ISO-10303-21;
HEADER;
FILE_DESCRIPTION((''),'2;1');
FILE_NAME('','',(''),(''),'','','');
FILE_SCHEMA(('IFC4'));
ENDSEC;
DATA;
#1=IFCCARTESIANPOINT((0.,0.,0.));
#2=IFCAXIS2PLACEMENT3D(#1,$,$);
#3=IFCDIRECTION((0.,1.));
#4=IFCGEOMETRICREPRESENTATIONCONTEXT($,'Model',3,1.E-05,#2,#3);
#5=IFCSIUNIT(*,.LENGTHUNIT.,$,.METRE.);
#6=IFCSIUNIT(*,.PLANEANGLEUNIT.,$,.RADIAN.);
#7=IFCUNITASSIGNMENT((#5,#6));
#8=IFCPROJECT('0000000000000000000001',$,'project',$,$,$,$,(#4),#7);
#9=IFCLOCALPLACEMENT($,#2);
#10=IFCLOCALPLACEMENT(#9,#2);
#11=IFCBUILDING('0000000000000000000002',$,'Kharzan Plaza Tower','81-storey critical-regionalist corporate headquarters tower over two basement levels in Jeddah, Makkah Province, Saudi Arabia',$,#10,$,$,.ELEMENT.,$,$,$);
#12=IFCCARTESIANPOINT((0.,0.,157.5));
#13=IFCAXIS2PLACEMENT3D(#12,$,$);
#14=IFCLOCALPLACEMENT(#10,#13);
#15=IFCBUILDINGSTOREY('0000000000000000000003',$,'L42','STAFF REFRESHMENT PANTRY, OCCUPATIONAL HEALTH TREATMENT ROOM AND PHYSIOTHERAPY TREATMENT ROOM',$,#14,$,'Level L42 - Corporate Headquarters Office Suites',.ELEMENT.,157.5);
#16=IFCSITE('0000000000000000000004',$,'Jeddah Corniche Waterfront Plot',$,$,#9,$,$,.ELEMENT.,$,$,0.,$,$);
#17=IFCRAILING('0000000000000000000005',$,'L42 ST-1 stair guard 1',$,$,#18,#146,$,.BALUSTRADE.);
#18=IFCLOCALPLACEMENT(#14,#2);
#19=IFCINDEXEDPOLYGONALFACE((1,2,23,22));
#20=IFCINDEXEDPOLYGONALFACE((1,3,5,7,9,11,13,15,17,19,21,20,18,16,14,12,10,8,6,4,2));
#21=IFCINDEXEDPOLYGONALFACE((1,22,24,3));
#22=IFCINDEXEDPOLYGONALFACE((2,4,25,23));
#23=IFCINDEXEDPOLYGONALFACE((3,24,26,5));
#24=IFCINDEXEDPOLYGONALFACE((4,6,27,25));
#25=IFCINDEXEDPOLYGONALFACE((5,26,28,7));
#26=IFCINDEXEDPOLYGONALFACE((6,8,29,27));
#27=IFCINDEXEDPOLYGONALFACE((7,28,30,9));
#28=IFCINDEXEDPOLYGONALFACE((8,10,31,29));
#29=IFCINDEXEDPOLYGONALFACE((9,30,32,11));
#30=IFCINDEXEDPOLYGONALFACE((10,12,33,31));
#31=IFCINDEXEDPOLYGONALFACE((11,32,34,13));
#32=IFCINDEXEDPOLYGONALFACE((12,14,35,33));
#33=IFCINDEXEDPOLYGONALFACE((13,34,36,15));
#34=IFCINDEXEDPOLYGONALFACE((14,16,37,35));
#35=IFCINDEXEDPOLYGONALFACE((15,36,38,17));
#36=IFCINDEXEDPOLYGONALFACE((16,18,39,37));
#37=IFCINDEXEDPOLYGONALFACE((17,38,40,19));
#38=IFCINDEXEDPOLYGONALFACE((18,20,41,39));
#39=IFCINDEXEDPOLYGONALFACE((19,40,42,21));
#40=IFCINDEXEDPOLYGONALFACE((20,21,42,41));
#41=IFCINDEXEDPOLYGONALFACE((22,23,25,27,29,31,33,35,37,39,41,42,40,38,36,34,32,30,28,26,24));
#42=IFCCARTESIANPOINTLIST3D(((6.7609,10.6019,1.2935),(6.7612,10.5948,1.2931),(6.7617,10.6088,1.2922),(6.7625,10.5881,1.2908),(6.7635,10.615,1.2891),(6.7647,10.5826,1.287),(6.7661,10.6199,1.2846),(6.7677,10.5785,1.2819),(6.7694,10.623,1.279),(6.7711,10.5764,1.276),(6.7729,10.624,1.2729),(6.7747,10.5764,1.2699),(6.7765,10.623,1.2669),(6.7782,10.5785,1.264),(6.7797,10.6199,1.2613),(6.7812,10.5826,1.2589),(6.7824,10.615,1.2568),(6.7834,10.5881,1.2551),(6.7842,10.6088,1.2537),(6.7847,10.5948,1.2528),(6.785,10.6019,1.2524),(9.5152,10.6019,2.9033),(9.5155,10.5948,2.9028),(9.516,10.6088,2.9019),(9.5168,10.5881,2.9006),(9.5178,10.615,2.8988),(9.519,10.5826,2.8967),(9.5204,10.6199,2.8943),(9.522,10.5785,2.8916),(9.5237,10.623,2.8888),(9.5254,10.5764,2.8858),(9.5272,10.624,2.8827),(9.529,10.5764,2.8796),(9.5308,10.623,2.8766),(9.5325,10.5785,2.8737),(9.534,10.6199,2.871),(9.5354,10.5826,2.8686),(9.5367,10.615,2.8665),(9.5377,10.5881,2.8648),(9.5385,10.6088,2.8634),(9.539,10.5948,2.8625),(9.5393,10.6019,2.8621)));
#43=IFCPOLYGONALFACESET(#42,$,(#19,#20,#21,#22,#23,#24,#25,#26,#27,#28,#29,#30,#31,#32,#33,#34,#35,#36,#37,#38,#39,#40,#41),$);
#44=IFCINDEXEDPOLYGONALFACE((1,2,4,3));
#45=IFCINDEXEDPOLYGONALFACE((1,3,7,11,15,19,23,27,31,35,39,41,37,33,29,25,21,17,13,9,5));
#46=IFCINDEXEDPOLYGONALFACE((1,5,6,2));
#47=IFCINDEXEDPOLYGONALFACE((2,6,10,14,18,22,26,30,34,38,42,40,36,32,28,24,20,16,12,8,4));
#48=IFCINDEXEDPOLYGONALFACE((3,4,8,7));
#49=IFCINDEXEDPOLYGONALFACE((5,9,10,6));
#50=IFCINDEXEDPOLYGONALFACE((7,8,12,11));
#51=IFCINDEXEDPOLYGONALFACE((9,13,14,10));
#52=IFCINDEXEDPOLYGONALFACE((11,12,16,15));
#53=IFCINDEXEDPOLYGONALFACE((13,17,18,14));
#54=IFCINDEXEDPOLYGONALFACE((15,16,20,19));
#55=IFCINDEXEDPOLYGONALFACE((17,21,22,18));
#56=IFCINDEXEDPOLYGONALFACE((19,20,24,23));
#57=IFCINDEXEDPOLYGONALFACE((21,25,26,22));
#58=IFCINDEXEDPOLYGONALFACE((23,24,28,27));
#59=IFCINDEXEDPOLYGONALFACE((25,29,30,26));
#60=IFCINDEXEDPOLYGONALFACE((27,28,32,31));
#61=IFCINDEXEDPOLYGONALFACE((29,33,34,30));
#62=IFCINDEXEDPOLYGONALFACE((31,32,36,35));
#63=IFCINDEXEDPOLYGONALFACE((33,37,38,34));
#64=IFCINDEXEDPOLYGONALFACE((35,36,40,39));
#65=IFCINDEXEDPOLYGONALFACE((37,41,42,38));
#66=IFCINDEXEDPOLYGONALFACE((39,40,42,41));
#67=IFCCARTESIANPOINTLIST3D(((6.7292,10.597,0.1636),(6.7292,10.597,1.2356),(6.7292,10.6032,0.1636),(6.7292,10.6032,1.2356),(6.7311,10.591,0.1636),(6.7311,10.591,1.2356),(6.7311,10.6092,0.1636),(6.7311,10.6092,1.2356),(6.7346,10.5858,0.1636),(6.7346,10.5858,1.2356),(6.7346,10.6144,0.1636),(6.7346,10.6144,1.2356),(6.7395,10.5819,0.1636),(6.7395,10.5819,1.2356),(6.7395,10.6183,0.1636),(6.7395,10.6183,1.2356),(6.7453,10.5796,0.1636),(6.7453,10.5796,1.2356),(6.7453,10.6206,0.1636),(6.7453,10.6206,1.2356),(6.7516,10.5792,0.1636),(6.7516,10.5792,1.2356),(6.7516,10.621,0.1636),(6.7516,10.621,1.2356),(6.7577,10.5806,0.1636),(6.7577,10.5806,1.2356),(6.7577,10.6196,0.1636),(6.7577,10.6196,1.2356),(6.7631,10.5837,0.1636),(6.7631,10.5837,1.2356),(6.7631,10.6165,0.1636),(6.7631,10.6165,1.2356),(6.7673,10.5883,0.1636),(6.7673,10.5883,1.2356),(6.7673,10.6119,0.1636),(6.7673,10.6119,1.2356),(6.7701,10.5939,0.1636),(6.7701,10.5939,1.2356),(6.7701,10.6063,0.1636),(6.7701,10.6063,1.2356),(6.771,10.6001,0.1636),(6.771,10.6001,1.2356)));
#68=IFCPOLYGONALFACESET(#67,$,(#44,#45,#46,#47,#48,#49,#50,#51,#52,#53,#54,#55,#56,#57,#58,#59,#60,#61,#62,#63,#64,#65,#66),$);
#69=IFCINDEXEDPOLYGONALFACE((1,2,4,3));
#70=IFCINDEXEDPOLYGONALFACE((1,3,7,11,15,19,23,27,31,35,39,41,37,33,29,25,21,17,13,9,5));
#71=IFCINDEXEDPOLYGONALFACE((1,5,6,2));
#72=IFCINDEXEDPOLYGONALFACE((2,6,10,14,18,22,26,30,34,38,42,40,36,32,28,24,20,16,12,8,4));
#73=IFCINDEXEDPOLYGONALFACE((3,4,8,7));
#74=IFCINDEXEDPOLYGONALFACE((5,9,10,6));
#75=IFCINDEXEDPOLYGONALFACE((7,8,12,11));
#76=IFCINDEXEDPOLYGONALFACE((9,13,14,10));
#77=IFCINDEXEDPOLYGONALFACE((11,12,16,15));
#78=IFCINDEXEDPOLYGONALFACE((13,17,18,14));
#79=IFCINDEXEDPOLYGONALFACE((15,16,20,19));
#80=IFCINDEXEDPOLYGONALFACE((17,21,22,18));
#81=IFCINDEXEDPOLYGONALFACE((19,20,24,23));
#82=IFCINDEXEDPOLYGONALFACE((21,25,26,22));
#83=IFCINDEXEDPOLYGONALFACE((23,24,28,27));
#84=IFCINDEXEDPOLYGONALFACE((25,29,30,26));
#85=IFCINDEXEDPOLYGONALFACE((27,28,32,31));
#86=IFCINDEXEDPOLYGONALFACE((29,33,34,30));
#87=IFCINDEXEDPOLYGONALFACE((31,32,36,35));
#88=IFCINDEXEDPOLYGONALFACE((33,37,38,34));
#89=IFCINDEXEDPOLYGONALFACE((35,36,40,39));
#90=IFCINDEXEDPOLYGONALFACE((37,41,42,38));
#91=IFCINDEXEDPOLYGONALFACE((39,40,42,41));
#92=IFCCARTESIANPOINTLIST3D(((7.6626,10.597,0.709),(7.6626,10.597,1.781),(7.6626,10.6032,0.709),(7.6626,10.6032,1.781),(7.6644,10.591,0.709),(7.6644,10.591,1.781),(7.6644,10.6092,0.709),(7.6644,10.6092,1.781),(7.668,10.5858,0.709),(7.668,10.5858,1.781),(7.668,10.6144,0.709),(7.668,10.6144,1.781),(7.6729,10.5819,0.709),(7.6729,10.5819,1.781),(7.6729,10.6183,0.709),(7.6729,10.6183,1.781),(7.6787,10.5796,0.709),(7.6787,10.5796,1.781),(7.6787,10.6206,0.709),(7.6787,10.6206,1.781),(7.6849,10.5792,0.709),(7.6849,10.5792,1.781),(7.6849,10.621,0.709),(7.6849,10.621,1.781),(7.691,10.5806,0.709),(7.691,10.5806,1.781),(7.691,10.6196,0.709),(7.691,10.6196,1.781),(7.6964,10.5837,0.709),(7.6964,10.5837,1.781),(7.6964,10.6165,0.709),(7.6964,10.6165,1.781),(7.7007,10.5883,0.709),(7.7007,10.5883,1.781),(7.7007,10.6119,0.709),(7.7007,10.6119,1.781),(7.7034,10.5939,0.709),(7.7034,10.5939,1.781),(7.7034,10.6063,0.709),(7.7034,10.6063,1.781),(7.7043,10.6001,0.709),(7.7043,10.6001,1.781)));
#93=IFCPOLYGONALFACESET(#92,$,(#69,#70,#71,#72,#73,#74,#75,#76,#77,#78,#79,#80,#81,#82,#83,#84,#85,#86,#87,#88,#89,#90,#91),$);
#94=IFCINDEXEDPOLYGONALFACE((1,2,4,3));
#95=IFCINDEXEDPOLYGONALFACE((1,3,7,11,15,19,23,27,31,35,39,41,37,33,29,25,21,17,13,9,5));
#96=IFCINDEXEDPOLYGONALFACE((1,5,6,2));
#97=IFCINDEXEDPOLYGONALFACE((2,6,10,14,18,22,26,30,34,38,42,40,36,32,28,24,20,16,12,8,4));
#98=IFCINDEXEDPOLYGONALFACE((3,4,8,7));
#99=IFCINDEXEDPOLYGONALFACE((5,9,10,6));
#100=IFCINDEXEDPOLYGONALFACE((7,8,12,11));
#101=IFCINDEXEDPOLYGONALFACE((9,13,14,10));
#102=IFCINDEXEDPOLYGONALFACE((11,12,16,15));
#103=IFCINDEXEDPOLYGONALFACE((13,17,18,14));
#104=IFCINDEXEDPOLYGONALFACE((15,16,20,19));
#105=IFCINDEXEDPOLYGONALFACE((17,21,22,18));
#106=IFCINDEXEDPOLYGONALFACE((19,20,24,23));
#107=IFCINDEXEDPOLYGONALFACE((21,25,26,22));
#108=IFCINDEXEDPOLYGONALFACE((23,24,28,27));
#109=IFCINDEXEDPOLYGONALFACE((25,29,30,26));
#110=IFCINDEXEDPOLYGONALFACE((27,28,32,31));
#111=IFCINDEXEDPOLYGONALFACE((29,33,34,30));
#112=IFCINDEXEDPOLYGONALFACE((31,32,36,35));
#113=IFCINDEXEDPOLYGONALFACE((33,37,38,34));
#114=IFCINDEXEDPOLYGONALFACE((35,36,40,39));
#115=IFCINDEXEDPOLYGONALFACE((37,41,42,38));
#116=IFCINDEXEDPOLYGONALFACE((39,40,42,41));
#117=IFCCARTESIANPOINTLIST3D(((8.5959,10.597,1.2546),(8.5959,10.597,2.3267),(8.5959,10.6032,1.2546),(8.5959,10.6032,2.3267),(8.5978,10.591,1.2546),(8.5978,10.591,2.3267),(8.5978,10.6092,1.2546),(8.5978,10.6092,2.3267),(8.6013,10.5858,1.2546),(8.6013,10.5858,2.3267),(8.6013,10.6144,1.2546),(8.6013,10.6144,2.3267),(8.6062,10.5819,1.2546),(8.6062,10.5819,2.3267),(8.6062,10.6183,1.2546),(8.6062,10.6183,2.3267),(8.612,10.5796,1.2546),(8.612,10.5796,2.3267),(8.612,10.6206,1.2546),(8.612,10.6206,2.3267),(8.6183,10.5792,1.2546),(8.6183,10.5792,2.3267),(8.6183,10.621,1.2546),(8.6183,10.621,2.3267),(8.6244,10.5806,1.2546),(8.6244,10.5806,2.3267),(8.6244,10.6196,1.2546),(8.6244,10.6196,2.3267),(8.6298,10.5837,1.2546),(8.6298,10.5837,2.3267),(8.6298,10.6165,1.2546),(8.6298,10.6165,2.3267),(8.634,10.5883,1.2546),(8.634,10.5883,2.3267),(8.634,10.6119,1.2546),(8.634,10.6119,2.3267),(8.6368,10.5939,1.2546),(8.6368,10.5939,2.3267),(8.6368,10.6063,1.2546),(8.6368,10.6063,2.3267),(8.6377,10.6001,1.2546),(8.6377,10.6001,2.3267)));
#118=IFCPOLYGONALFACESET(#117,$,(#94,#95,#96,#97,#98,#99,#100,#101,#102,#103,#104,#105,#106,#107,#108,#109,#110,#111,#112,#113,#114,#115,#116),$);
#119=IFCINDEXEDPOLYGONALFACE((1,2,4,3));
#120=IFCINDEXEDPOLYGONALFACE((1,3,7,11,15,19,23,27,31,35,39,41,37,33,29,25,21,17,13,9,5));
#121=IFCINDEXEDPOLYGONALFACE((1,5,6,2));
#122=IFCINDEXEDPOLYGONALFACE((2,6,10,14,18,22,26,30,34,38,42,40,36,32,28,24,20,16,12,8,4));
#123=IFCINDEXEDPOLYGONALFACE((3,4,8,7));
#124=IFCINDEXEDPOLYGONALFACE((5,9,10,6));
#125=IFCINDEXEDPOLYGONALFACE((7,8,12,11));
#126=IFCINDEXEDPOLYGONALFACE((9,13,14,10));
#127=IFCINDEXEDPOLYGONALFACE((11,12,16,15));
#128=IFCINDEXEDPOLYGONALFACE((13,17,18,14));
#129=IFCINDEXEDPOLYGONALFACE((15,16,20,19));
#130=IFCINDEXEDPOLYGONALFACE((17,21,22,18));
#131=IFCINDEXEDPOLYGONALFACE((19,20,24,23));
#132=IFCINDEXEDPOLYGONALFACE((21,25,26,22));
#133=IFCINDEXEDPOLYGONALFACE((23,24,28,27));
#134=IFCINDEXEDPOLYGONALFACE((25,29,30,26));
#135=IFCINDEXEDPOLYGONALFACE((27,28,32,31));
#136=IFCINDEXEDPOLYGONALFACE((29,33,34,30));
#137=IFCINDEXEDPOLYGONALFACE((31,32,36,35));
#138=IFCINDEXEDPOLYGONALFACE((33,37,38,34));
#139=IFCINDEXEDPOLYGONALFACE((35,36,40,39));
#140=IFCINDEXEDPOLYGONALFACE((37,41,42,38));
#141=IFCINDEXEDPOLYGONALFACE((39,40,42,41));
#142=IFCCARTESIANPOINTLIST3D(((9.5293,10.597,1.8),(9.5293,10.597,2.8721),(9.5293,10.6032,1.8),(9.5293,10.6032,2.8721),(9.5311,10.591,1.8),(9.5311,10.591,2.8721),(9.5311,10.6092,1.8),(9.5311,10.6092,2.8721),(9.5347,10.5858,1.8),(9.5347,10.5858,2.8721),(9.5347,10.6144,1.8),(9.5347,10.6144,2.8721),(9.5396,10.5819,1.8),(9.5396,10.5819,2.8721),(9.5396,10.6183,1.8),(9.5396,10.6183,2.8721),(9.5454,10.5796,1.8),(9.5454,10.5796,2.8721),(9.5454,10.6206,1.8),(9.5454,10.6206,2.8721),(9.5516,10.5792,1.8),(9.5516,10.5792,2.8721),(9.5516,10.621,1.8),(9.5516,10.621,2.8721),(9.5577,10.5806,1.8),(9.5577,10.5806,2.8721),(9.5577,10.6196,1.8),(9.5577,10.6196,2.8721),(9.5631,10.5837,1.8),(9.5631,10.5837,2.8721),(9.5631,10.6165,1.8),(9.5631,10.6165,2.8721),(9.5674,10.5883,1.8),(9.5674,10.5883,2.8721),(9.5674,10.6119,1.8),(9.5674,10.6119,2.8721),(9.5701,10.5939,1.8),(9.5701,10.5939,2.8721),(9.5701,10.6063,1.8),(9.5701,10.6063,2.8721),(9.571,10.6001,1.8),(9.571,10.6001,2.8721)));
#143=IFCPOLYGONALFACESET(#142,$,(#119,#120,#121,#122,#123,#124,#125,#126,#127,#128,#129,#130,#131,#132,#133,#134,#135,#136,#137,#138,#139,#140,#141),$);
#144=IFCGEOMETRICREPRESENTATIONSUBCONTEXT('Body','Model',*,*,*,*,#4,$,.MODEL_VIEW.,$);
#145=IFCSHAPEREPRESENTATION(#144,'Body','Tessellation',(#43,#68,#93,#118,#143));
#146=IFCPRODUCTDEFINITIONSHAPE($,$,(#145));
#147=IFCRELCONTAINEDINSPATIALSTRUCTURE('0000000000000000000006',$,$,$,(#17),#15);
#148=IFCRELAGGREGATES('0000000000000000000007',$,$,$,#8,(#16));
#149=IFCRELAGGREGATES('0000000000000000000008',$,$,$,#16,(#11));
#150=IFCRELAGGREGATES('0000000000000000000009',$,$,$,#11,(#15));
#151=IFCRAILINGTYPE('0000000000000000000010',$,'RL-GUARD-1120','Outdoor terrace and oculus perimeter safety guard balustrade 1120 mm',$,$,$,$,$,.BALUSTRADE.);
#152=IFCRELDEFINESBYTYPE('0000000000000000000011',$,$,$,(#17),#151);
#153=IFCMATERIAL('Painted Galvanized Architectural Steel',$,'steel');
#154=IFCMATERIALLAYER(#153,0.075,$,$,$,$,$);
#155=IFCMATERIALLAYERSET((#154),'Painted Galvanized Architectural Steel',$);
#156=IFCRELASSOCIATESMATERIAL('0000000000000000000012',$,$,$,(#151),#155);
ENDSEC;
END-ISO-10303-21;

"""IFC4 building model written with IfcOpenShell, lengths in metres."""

from ifc_helpers import new_model, si_unit, direction, frame, origin, origin_2d, place, context, subcontext, project, spatial, circle, extrude, source, transform, mapped, material, layer, layer_set, type_object, element, save


model = new_model("IFC4")

# Units and contexts
model_context = context("Model", 3, precision=1e-05, world=origin(), true_north=direction((0.0, 1.0)))
body_context = subcontext(model_context, "Body", "Model", "MODEL_VIEW")
ifc_project = project(units=[si_unit("LENGTHUNIT", "METRE"), si_unit("PLANEANGLEUNIT", "RADIAN")], contexts=[model_context])

# Site, building, storey
site_placement = place(None, origin())
site = spatial("IfcSite", under=ifc_project, at=site_placement, Name="Jeddah Corniche Waterfront Plot", CompositionType="ELEMENT", RefElevation=0.0)
building_placement = place(site_placement, origin())
building = spatial("IfcBuilding", under=site, at=building_placement, Name="Kharzan Plaza Tower", Description="81-storey critical-regionalist corporate headquarters tower over two basement levels in Jeddah, Makkah Province, Saudi Arabia", CompositionType="ELEMENT")
storey_placement = place(building_placement, frame((0.0, 0.0, 157.5)))
storey = spatial("IfcBuildingStorey", under=building, at=storey_placement, Name="L42", Description="STAFF REFRESHMENT PANTRY, OCCUPATIONAL HEALTH TREATMENT ROOM AND PHYSIOTHERAPY TREATMENT ROOM", LongName="Level L42 - Corporate Headquarters Office Suites", CompositionType="ELEMENT", Elevation=157.5)

# Railing
ifc_material_1 = material(Name="Painted Galvanized Architectural Steel", Category="steel")
ifc_layer_1 = layer(ifc_material_1, 0.075)
ifc_layer_set_1 = layer_set([ifc_layer_1], Name="Painted Galvanized Architectural Steel")
railing_type_1 = type_object("IfcRailingType", Name="RL-GUARD-1120", Description="Outdoor terrace and oculus perimeter safety guard balustrade 1120 mm", PredefinedType="BALUSTRADE", material=ifc_layer_set_1)
shared_shape_1 = source(origin(), body_context, "Body", "SweptSolid", [
    extrude(circle(Radius=0.0239, at=origin_2d()), frame((0.0229, 0.0, 1.1094), z_axis=(0.863361, 0.0, 0.504587), x_axis=(0.0, 1.0, 0.0)), (0.0, 0.0, 1.0), 3.1902),
    extrude(circle(Radius=0.021, at=origin_2d()), origin(), (0.0, 0.0, 1.0), 1.072),
    extrude(circle(Radius=0.021, at=origin_2d()), frame((0.9333, 0.0, 0.5454)), (0.0, 0.0, 1.0), 1.072),
    extrude(circle(Radius=0.021, at=origin_2d()), frame((1.8667, 0.0, 1.0911)), (0.0, 0.0, 1.0), 1.072),
    extrude(circle(Radius=0.021, at=origin_2d()), frame((2.8, 0.0, 1.6365)), (0.0, 0.0, 1.0), 1.072),
])
railing_1_placement = place(storey_placement, frame((6.75, 10.6001, 0.1636)))
element("IfcRailing", 1, at=railing_1_placement, inside=storey, type_object=railing_type_1, Name="L42 ST-1 stair guard 1", PredefinedType="BALUSTRADE", context=body_context, shape_type="MappedRepresentation", body=[
    mapped(shared_shape_1, transform((0.0, 0.0, 0.0), x_axis=(1.0, 0.0, 0.0), y_axis=(0.0, 1.0, 0.0), z_axis=(0.0, 0.0, 1.0))),
])

save(model, "model.ifc")
